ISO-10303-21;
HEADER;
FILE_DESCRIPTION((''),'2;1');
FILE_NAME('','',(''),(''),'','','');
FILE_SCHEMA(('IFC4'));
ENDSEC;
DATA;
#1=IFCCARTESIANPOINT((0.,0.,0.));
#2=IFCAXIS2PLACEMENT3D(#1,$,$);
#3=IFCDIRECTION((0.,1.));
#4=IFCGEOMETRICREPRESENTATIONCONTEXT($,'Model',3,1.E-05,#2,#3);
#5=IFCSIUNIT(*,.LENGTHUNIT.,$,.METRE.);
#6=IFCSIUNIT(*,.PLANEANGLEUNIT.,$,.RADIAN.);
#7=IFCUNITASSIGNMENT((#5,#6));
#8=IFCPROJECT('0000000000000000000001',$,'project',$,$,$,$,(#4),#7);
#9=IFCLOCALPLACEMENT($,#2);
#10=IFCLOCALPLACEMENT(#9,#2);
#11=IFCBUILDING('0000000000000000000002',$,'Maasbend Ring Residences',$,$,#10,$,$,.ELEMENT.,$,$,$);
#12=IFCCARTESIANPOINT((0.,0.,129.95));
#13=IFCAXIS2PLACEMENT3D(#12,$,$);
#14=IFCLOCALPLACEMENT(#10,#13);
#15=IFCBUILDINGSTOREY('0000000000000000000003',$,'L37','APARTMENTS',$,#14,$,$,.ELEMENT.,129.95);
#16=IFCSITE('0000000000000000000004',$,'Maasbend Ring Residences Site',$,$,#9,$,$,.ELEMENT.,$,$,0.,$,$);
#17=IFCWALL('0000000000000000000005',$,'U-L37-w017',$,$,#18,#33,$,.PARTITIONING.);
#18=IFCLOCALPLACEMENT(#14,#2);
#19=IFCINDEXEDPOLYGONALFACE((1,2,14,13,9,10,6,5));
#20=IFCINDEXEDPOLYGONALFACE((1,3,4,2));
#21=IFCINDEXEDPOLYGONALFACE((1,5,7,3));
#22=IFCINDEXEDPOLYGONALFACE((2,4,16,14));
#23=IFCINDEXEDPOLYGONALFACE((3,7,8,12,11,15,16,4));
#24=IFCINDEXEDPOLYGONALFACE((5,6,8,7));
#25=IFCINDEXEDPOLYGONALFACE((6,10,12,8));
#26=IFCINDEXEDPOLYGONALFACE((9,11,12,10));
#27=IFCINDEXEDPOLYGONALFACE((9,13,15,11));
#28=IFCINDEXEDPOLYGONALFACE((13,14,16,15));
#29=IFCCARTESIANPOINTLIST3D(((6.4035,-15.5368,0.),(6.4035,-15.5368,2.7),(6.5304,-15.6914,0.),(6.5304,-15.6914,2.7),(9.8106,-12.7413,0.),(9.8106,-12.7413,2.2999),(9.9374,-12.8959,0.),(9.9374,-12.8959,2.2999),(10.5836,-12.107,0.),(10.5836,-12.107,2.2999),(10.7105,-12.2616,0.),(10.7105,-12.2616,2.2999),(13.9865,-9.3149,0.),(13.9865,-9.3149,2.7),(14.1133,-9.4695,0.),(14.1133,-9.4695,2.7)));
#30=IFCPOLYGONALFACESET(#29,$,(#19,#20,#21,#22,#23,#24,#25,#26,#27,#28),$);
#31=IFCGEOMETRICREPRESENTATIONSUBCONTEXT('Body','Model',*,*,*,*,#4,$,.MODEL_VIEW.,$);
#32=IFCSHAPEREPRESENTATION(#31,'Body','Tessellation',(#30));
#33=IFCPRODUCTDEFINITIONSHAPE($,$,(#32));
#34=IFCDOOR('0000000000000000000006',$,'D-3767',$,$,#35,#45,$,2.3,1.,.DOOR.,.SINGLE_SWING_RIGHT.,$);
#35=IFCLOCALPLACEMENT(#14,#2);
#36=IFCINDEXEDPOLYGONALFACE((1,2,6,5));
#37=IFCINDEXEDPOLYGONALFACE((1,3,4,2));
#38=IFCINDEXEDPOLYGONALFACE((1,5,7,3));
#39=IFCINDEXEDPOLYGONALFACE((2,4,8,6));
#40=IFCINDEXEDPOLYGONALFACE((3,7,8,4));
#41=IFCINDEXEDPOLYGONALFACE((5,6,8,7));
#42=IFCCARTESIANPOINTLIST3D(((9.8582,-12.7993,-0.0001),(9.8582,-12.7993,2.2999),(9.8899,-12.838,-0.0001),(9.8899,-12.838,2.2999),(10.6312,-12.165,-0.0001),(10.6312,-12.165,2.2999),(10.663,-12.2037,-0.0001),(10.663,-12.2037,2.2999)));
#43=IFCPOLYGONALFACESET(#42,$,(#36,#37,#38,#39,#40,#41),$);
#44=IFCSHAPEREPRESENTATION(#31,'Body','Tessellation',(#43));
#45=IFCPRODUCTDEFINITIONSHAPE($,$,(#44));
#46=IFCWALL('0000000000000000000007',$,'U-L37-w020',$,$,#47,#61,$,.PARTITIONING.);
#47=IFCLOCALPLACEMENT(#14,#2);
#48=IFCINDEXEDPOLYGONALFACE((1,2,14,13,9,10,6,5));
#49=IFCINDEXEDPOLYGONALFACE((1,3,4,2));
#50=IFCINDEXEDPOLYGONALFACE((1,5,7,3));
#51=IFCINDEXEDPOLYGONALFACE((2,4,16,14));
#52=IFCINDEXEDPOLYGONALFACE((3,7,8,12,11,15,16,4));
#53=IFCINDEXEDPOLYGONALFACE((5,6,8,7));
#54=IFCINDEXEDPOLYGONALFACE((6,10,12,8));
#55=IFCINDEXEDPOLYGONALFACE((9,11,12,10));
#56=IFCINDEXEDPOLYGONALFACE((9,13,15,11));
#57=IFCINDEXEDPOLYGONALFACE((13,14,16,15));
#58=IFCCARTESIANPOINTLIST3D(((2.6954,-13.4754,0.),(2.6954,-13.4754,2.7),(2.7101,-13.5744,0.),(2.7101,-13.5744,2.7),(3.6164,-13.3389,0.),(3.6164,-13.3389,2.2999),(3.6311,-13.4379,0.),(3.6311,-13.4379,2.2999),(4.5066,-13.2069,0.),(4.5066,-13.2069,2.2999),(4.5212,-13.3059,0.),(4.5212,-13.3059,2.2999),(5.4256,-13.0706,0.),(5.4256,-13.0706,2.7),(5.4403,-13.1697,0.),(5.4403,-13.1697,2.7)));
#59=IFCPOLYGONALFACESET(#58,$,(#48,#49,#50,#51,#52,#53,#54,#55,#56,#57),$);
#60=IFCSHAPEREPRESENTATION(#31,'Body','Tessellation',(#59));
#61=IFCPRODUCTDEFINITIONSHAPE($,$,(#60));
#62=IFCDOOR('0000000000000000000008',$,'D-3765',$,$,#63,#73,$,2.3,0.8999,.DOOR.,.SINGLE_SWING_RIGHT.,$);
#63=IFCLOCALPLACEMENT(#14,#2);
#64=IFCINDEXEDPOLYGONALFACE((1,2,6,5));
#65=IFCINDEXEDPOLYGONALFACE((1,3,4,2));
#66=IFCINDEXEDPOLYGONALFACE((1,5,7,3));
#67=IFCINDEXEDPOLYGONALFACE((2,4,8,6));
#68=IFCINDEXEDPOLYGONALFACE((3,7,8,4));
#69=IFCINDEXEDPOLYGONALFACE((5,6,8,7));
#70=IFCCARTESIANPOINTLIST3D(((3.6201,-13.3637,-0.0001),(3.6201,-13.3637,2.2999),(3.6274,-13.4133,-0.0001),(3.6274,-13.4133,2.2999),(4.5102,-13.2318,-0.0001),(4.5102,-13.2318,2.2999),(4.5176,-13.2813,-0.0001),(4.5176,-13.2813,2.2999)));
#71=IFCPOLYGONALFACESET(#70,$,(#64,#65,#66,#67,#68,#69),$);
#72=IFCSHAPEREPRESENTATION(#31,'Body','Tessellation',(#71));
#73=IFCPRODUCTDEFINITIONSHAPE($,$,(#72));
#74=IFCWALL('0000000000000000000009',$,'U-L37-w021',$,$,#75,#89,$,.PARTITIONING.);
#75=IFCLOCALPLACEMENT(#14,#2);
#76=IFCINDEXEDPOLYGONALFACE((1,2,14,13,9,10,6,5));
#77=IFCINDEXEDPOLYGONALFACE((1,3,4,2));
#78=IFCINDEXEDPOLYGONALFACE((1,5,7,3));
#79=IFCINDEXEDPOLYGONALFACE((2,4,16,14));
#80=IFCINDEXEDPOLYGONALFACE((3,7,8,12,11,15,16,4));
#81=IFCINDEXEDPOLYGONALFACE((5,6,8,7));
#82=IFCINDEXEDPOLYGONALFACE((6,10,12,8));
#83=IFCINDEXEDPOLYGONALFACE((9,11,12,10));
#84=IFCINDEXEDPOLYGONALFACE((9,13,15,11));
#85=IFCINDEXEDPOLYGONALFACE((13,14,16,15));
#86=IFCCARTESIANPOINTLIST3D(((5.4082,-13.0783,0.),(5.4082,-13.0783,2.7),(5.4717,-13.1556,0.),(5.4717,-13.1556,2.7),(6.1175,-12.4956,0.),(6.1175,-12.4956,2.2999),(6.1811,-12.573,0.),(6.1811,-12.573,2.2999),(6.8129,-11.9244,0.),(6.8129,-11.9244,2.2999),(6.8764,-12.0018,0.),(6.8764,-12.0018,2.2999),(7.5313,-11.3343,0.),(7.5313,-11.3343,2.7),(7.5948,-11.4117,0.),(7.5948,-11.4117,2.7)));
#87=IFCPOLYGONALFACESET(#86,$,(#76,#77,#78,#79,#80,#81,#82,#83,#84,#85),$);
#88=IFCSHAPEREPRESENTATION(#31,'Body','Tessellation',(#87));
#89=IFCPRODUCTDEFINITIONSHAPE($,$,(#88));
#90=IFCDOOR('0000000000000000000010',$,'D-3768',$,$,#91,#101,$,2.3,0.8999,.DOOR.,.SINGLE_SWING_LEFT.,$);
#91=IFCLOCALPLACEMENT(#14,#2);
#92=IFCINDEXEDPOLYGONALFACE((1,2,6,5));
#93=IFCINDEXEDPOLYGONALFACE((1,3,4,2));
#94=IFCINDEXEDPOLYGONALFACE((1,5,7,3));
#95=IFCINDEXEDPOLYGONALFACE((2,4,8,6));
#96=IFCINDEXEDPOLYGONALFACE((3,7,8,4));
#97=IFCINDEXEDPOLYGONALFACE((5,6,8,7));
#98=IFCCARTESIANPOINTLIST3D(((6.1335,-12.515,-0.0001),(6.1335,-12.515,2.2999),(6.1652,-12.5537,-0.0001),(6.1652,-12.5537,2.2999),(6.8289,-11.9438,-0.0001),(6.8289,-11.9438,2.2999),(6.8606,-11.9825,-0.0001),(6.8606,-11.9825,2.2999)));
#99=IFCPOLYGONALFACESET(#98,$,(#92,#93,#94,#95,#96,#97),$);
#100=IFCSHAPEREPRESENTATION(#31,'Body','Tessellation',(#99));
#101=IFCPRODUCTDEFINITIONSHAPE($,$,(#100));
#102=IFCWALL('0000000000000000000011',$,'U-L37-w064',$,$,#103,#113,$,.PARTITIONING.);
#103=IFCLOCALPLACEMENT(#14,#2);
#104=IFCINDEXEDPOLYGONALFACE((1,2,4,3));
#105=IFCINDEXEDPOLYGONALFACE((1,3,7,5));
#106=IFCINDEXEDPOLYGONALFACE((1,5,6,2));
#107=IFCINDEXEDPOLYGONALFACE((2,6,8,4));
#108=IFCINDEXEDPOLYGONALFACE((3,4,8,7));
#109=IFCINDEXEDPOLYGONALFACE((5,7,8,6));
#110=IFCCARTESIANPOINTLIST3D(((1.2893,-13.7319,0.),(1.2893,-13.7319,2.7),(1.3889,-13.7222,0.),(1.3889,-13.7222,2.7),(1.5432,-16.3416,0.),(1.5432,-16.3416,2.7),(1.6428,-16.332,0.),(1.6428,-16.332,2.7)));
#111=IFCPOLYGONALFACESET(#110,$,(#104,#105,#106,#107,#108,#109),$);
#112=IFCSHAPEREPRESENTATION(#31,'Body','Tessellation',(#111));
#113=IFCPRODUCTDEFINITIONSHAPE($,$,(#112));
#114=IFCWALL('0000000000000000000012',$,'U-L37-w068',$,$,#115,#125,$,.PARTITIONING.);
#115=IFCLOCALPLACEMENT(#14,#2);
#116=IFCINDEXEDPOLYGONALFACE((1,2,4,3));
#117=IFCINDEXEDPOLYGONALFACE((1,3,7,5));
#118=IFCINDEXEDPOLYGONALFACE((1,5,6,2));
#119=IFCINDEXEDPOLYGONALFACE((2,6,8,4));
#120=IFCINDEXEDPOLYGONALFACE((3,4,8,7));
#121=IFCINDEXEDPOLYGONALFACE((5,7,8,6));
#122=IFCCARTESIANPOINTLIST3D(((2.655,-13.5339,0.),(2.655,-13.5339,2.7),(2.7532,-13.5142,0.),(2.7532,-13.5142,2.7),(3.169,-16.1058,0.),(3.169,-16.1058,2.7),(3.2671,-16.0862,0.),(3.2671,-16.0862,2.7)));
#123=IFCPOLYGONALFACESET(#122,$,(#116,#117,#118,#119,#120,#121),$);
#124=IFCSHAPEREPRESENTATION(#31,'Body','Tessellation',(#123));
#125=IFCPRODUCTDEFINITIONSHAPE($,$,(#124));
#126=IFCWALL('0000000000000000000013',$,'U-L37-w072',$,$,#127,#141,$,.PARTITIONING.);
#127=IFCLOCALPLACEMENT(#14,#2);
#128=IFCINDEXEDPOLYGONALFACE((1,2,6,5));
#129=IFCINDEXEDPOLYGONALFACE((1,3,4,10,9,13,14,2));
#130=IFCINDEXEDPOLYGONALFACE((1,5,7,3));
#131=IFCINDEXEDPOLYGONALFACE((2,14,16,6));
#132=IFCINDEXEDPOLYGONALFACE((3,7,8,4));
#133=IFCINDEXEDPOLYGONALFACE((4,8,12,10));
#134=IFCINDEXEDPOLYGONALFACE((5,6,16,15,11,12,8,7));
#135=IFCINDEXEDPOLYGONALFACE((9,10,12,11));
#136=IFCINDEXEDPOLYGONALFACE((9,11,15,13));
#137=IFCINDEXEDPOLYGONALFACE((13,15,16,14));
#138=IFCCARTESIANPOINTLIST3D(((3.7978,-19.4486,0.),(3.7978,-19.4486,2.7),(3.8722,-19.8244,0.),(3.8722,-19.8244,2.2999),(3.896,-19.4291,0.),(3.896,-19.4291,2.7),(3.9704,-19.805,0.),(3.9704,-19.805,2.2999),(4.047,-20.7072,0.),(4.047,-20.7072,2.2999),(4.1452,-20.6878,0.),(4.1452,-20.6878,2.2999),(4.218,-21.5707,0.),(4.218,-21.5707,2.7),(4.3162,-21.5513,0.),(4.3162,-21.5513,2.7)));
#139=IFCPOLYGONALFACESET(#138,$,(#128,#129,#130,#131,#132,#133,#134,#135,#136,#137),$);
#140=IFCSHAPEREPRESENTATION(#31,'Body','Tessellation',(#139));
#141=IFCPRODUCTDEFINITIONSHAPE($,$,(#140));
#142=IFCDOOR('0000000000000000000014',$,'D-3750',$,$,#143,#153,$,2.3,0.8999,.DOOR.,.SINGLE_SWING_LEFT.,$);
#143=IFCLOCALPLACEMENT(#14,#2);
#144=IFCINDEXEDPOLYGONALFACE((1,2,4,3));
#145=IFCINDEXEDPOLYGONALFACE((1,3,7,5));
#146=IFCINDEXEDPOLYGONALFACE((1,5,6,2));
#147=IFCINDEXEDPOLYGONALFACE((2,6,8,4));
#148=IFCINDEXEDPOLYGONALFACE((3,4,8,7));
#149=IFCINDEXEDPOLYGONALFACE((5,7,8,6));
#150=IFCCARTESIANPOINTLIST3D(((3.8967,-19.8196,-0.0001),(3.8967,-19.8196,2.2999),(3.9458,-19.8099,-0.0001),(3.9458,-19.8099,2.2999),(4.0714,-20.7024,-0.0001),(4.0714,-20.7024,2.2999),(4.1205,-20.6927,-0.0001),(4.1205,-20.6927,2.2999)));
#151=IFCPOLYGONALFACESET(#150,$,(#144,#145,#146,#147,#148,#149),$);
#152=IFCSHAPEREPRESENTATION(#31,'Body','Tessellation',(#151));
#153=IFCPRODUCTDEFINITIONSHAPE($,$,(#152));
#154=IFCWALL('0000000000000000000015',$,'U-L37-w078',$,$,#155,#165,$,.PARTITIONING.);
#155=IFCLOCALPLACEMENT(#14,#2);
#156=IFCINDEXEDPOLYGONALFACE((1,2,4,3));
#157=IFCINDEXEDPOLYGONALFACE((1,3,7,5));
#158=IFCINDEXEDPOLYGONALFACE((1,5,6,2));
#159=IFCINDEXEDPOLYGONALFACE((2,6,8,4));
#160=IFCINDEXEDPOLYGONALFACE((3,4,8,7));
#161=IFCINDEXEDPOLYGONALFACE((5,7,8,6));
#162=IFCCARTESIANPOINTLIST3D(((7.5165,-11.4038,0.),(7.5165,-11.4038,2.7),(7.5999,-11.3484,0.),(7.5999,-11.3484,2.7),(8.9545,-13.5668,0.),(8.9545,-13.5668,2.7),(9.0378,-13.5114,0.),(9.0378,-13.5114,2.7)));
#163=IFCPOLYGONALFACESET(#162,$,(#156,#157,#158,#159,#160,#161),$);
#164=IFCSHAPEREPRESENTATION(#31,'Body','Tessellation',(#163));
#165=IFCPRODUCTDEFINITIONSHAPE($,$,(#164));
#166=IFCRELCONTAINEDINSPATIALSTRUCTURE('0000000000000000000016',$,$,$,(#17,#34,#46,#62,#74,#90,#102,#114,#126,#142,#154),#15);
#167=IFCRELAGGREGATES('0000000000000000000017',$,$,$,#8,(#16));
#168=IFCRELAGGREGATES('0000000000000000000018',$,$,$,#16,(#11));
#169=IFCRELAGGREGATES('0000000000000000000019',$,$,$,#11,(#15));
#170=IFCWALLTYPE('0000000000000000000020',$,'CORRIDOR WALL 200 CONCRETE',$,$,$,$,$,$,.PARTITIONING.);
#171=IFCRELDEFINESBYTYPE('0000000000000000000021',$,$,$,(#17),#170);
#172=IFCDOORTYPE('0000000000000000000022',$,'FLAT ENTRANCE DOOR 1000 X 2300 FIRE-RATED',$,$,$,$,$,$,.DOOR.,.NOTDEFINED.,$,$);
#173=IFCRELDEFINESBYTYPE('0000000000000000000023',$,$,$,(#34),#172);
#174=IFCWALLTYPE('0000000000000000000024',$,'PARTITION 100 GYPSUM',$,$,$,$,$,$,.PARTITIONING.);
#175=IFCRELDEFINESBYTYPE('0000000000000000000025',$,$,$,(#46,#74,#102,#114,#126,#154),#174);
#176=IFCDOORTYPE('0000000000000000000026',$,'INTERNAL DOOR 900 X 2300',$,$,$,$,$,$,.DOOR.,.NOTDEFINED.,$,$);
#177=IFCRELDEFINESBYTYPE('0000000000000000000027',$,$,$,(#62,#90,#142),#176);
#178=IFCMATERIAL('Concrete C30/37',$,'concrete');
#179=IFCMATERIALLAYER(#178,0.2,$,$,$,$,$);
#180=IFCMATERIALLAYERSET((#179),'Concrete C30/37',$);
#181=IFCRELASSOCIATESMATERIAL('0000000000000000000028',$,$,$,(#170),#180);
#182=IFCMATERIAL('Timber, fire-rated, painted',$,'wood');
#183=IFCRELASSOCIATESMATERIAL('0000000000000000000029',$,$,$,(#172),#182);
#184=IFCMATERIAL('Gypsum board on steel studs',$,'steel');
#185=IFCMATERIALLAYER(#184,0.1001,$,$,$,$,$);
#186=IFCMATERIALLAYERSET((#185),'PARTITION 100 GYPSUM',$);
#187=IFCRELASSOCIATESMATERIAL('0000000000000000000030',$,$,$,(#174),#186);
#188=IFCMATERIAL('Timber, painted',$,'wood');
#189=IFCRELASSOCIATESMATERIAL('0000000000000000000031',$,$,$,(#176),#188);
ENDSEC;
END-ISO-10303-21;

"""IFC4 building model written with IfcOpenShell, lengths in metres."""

from ifc_helpers import new_model, si_unit, direction, frame, frame_2d, origin, place, context, subcontext, project, spatial, rectangle, extrude, material, layer, layer_set, type_object, element, fill, save


model = new_model("IFC4")

# Units and contexts
model_context = context("Model", 3, precision=1e-05, world=origin(), true_north=direction((0.0, 1.0)))
body_context = subcontext(model_context, "Body", "Model", "MODEL_VIEW")
ifc_project = project(units=[si_unit("LENGTHUNIT", "METRE"), si_unit("PLANEANGLEUNIT", "RADIAN")], contexts=[model_context])

# Site, building, storey
site_placement = place(None, origin())
site = spatial("IfcSite", under=ifc_project, at=site_placement, Name="Maasbend Ring Residences Site", CompositionType="ELEMENT", RefElevation=0.0)
building_placement = place(site_placement, origin())
building = spatial("IfcBuilding", under=site, at=building_placement, Name="Maasbend Ring Residences", CompositionType="ELEMENT")
storey_placement = place(building_placement, frame((0.0, 0.0, 129.95)))
storey = spatial("IfcBuildingStorey", under=building, at=storey_placement, Name="L37", Description="APARTMENTS", CompositionType="ELEMENT", Elevation=129.95)

# Walls, openings, doors
ifc_material_1 = material(Name="Concrete C30/37", Category="concrete")
ifc_layer_1 = layer(ifc_material_1, 0.2)
ifc_layer_set_1 = layer_set([ifc_layer_1], Name="Concrete C30/37")
wall_type_1 = type_object("IfcWallType", Name="CORRIDOR WALL 200 CONCRETE", PredefinedType="PARTITIONING", material=ifc_layer_set_1)
ifc_material_2 = material(Name="Timber, fire-rated, painted", Category="wood")
door_type_1 = type_object("IfcDoorType", Name="FLAT ENTRANCE DOOR 1000 X 2300 FIRE-RATED", OperationType="NOTDEFINED", PredefinedType="DOOR", material=ifc_material_2)
wall_1_placement = place(storey_placement, frame((6.467, -15.614, 0.0), z_axis=(0.0, 0.0, 1.0), x_axis=(0.773075, 0.634315, 0.0)))
wall_1 = element("IfcWall", 1, at=wall_1_placement, inside=storey, type_object=wall_type_1, Name="U-L37-w017", PredefinedType="PARTITIONING", context=body_context, shape_type="SweptSolid", body=[
    extrude(rectangle(XDim=9.8088, YDim=0.2, at=frame_2d((4.9043, 0.0))), origin(), (0.0, 0.0, 1.0), 2.7),
])
opening_1_placement = place(wall_1_placement, frame((4.407, 0.0, 0.0)))
opening_1 = element("IfcOpeningElement", 2, at=opening_1_placement, cuts=wall_1, PredefinedType="OPENING", context=body_context, shape_type="SweptSolid", body=[
    extrude(rectangle(XDim=1.0, YDim=2.3, at=frame_2d((0.5, 1.1499))), frame((0.0, 0.1099, 0.0), z_axis=(0.0, -1.0, 0.0), x_axis=(1.0, 0.0, 0.0)), (0.0, 0.0, 1.0), 0.22),
])
door_1_placement = place(opening_1_placement, origin())
door_1 = element("IfcDoor", 3, at=door_1_placement, inside=storey, type_object=door_type_1, Name="D-3767", OperationType="SINGLE_SWING_RIGHT", OverallHeight=2.3, OverallWidth=1.0, PredefinedType="DOOR", context=body_context, shape_type="SweptSolid", body=[
    extrude(rectangle(XDim=1.0, YDim=2.3, at=frame_2d((0.5, 1.1499))), frame((0.0, 0.0249, 0.0), z_axis=(0.0, -1.0, 0.0), x_axis=(1.0, 0.0, 0.0)), (0.0, 0.0, 1.0), 0.05),
])
fill(opening_1, door_1)
ifc_material_3 = material(Name="Gypsum board on steel studs", Category="steel")
ifc_layer_2 = layer(ifc_material_3, 0.1001)
ifc_layer_set_2 = layer_set([ifc_layer_2], Name="PARTITION 100 GYPSUM")
wall_type_2 = type_object("IfcWallType", Name="PARTITION 100 GYPSUM", PredefinedType="PARTITIONING", material=ifc_layer_set_2)
wall_2_placement = place(storey_placement, frame((2.7029, -13.5249, 0.0), z_axis=(0.0, 0.0, 1.0), x_axis=(0.989187, 0.146658, 0.0)))
wall_2 = element("IfcWall", 4, at=wall_2_placement, inside=storey, type_object=wall_type_2, Name="U-L37-w020", PredefinedType="PARTITIONING", context=body_context, shape_type="SweptSolid", body=[
    extrude(rectangle(XDim=2.76, YDim=0.1001, at=frame_2d((1.3799, 0.0))), origin(), (0.0, 0.0, 1.0), 2.7),
])
opening_2_placement = place(wall_2_placement, frame((0.9309, 0.0, 0.0)))
opening_2 = element("IfcOpeningElement", 5, at=opening_2_placement, cuts=wall_2, PredefinedType="OPENING", context=body_context, shape_type="SweptSolid", body=[
    extrude(rectangle(XDim=0.8999, YDim=2.3, at=frame_2d((0.45, 1.1499))), frame((0.0, 0.0601, 0.0), z_axis=(0.0, -1.0, 0.0), x_axis=(1.0, 0.0, 0.0)), (0.0, 0.0, 1.0), 0.1201),
])
ifc_material_4 = material(Name="Timber, painted", Category="wood")
door_type_2 = type_object("IfcDoorType", Name="INTERNAL DOOR 900 X 2300", OperationType="NOTDEFINED", PredefinedType="DOOR", material=ifc_material_4)
door_2_placement = place(opening_2_placement, origin())
door_2 = element("IfcDoor", 6, at=door_2_placement, inside=storey, type_object=door_type_2, Name="D-3765", OperationType="SINGLE_SWING_RIGHT", OverallHeight=2.3, OverallWidth=0.8999, PredefinedType="DOOR", context=body_context, shape_type="SweptSolid", body=[
    extrude(rectangle(XDim=0.8999, YDim=2.3, at=frame_2d((0.45, 1.1499))), frame((0.0, 0.0249, 0.0), z_axis=(0.0, -1.0, 0.0), x_axis=(1.0, 0.0, 0.0)), (0.0, 0.0, 1.0), 0.05),
])
fill(opening_2, door_2)
wall_3_placement = place(storey_placement, frame((5.4399, -13.1169, 0.0), z_axis=(0.0, 0.0, 1.0), x_axis=(0.772732, 0.634732, 0.0)))
wall_3 = element("IfcWall", 7, at=wall_3_placement, inside=storey, type_object=wall_type_2, Name="U-L37-w021", PredefinedType="PARTITIONING", context=body_context, shape_type="SweptSolid", body=[
    extrude(rectangle(XDim=2.7476, YDim=0.1001, at=frame_2d((1.3738, 0.0))), origin(), (0.0, 0.0, 1.0), 2.7),
])
opening_3_placement = place(wall_3_placement, frame((0.918, 0.0, 0.0)))
opening_3 = element("IfcOpeningElement", 8, at=opening_3_placement, cuts=wall_3, PredefinedType="OPENING", context=body_context, shape_type="SweptSolid", body=[
    extrude(rectangle(XDim=0.8999, YDim=2.3, at=frame_2d((0.45, 1.1499))), frame((0.0, 0.0601, 0.0), z_axis=(0.0, -1.0, 0.0), x_axis=(1.0, 0.0, 0.0)), (0.0, 0.0, 1.0), 0.1201),
])
door_3_placement = place(opening_3_placement, origin())
door_3 = element("IfcDoor", 9, at=door_3_placement, inside=storey, type_object=door_type_2, Name="D-3768", OperationType="SINGLE_SWING_LEFT", OverallHeight=2.3, OverallWidth=0.8999, PredefinedType="DOOR", context=body_context, shape_type="SweptSolid", body=[
    extrude(rectangle(XDim=0.8999, YDim=2.3, at=frame_2d((0.45, 1.1499))), frame((0.0, 0.0249, 0.0), z_axis=(0.0, -1.0, 0.0), x_axis=(1.0, 0.0, 0.0)), (0.0, 0.0, 1.0), 0.05),
])
fill(opening_3, door_3)

# Walls
wall_4_placement = place(storey_placement, frame((1.3391, -13.7271, 0.0), z_axis=(0.0, 0.0, 1.0), x_axis=(0.09683, -0.995301, 0.0)))
element("IfcWall", 10, at=wall_4_placement, inside=storey, type_object=wall_type_2, Name="U-L37-w064", PredefinedType="PARTITIONING", context=body_context, shape_type="SweptSolid", body=[
    extrude(rectangle(XDim=2.6221, YDim=0.1001, at=frame_2d((1.311, 0.0))), origin(), (0.0, 0.0, 1.0), 2.7),
])
wall_5_placement = place(storey_placement, frame((2.7041, -13.5239, 0.0), z_axis=(0.0, 0.0, 1.0), x_axis=(0.195937, -0.980616, 0.0)))
element("IfcWall", 11, at=wall_5_placement, inside=storey, type_object=wall_type_2, Name="U-L37-w068", PredefinedType="PARTITIONING", context=body_context, shape_type="SweptSolid", body=[
    extrude(rectangle(XDim=2.6228, YDim=0.1001, at=frame_2d((1.3115, 0.0))), origin(), (0.0, 0.0, 1.0), 2.7),
])

# Wall, opening, door
wall_6_placement = place(storey_placement, frame((3.8469, -19.439, 0.0), z_axis=(0.0, 0.0, 1.0), x_axis=(0.194228, -0.980956, 0.0)))
wall_6 = element("IfcWall", 12, at=wall_6_placement, inside=storey, type_object=wall_type_2, Name="U-L37-w072", PredefinedType="PARTITIONING", context=body_context, shape_type="SweptSolid", body=[
    extrude(rectangle(XDim=2.1633, YDim=0.1001, at=frame_2d((1.0815, 0.0))), origin(), (0.0, 0.0, 1.0), 2.7),
])
opening_4_placement = place(wall_6_placement, frame((0.3831, 0.0, 0.0)))
opening_4 = element("IfcOpeningElement", 13, at=opening_4_placement, cuts=wall_6, PredefinedType="OPENING", context=body_context, shape_type="SweptSolid", body=[
    extrude(rectangle(XDim=0.8999, YDim=2.3, at=frame_2d((0.45, 1.1499))), frame((0.0, 0.0601, 0.0), z_axis=(0.0, -1.0, 0.0), x_axis=(1.0, 0.0, 0.0)), (0.0, 0.0, 1.0), 0.1201),
])
door_4_placement = place(opening_4_placement, origin())
door_4 = element("IfcDoor", 14, at=door_4_placement, inside=storey, type_object=door_type_2, Name="D-3750", OperationType="SINGLE_SWING_LEFT", OverallHeight=2.3, OverallWidth=0.8999, PredefinedType="DOOR", context=body_context, shape_type="SweptSolid", body=[
    extrude(rectangle(XDim=0.8999, YDim=2.3, at=frame_2d((0.45, 1.1499))), frame((0.0, 0.0249, 0.0), z_axis=(0.0, -1.0, 0.0), x_axis=(1.0, 0.0, 0.0)), (0.0, 0.0, 1.0), 0.05),
])
fill(opening_4, door_4)

# Wall
wall_7_placement = place(storey_placement, frame((7.5581, -11.376, 0.0), z_axis=(0.0, 0.0, 1.0), x_axis=(0.553615, -0.832773, 0.0)))
element("IfcWall", 15, at=wall_7_placement, inside=storey, type_object=wall_type_2, Name="U-L37-w078", PredefinedType="PARTITIONING", context=body_context, shape_type="SweptSolid", body=[
    extrude(rectangle(XDim=2.5974, YDim=0.1001, at=frame_2d((1.2988, 0.0))), origin(), (0.0, 0.0, 1.0), 2.7),
])

save(model, "model.ifc")
